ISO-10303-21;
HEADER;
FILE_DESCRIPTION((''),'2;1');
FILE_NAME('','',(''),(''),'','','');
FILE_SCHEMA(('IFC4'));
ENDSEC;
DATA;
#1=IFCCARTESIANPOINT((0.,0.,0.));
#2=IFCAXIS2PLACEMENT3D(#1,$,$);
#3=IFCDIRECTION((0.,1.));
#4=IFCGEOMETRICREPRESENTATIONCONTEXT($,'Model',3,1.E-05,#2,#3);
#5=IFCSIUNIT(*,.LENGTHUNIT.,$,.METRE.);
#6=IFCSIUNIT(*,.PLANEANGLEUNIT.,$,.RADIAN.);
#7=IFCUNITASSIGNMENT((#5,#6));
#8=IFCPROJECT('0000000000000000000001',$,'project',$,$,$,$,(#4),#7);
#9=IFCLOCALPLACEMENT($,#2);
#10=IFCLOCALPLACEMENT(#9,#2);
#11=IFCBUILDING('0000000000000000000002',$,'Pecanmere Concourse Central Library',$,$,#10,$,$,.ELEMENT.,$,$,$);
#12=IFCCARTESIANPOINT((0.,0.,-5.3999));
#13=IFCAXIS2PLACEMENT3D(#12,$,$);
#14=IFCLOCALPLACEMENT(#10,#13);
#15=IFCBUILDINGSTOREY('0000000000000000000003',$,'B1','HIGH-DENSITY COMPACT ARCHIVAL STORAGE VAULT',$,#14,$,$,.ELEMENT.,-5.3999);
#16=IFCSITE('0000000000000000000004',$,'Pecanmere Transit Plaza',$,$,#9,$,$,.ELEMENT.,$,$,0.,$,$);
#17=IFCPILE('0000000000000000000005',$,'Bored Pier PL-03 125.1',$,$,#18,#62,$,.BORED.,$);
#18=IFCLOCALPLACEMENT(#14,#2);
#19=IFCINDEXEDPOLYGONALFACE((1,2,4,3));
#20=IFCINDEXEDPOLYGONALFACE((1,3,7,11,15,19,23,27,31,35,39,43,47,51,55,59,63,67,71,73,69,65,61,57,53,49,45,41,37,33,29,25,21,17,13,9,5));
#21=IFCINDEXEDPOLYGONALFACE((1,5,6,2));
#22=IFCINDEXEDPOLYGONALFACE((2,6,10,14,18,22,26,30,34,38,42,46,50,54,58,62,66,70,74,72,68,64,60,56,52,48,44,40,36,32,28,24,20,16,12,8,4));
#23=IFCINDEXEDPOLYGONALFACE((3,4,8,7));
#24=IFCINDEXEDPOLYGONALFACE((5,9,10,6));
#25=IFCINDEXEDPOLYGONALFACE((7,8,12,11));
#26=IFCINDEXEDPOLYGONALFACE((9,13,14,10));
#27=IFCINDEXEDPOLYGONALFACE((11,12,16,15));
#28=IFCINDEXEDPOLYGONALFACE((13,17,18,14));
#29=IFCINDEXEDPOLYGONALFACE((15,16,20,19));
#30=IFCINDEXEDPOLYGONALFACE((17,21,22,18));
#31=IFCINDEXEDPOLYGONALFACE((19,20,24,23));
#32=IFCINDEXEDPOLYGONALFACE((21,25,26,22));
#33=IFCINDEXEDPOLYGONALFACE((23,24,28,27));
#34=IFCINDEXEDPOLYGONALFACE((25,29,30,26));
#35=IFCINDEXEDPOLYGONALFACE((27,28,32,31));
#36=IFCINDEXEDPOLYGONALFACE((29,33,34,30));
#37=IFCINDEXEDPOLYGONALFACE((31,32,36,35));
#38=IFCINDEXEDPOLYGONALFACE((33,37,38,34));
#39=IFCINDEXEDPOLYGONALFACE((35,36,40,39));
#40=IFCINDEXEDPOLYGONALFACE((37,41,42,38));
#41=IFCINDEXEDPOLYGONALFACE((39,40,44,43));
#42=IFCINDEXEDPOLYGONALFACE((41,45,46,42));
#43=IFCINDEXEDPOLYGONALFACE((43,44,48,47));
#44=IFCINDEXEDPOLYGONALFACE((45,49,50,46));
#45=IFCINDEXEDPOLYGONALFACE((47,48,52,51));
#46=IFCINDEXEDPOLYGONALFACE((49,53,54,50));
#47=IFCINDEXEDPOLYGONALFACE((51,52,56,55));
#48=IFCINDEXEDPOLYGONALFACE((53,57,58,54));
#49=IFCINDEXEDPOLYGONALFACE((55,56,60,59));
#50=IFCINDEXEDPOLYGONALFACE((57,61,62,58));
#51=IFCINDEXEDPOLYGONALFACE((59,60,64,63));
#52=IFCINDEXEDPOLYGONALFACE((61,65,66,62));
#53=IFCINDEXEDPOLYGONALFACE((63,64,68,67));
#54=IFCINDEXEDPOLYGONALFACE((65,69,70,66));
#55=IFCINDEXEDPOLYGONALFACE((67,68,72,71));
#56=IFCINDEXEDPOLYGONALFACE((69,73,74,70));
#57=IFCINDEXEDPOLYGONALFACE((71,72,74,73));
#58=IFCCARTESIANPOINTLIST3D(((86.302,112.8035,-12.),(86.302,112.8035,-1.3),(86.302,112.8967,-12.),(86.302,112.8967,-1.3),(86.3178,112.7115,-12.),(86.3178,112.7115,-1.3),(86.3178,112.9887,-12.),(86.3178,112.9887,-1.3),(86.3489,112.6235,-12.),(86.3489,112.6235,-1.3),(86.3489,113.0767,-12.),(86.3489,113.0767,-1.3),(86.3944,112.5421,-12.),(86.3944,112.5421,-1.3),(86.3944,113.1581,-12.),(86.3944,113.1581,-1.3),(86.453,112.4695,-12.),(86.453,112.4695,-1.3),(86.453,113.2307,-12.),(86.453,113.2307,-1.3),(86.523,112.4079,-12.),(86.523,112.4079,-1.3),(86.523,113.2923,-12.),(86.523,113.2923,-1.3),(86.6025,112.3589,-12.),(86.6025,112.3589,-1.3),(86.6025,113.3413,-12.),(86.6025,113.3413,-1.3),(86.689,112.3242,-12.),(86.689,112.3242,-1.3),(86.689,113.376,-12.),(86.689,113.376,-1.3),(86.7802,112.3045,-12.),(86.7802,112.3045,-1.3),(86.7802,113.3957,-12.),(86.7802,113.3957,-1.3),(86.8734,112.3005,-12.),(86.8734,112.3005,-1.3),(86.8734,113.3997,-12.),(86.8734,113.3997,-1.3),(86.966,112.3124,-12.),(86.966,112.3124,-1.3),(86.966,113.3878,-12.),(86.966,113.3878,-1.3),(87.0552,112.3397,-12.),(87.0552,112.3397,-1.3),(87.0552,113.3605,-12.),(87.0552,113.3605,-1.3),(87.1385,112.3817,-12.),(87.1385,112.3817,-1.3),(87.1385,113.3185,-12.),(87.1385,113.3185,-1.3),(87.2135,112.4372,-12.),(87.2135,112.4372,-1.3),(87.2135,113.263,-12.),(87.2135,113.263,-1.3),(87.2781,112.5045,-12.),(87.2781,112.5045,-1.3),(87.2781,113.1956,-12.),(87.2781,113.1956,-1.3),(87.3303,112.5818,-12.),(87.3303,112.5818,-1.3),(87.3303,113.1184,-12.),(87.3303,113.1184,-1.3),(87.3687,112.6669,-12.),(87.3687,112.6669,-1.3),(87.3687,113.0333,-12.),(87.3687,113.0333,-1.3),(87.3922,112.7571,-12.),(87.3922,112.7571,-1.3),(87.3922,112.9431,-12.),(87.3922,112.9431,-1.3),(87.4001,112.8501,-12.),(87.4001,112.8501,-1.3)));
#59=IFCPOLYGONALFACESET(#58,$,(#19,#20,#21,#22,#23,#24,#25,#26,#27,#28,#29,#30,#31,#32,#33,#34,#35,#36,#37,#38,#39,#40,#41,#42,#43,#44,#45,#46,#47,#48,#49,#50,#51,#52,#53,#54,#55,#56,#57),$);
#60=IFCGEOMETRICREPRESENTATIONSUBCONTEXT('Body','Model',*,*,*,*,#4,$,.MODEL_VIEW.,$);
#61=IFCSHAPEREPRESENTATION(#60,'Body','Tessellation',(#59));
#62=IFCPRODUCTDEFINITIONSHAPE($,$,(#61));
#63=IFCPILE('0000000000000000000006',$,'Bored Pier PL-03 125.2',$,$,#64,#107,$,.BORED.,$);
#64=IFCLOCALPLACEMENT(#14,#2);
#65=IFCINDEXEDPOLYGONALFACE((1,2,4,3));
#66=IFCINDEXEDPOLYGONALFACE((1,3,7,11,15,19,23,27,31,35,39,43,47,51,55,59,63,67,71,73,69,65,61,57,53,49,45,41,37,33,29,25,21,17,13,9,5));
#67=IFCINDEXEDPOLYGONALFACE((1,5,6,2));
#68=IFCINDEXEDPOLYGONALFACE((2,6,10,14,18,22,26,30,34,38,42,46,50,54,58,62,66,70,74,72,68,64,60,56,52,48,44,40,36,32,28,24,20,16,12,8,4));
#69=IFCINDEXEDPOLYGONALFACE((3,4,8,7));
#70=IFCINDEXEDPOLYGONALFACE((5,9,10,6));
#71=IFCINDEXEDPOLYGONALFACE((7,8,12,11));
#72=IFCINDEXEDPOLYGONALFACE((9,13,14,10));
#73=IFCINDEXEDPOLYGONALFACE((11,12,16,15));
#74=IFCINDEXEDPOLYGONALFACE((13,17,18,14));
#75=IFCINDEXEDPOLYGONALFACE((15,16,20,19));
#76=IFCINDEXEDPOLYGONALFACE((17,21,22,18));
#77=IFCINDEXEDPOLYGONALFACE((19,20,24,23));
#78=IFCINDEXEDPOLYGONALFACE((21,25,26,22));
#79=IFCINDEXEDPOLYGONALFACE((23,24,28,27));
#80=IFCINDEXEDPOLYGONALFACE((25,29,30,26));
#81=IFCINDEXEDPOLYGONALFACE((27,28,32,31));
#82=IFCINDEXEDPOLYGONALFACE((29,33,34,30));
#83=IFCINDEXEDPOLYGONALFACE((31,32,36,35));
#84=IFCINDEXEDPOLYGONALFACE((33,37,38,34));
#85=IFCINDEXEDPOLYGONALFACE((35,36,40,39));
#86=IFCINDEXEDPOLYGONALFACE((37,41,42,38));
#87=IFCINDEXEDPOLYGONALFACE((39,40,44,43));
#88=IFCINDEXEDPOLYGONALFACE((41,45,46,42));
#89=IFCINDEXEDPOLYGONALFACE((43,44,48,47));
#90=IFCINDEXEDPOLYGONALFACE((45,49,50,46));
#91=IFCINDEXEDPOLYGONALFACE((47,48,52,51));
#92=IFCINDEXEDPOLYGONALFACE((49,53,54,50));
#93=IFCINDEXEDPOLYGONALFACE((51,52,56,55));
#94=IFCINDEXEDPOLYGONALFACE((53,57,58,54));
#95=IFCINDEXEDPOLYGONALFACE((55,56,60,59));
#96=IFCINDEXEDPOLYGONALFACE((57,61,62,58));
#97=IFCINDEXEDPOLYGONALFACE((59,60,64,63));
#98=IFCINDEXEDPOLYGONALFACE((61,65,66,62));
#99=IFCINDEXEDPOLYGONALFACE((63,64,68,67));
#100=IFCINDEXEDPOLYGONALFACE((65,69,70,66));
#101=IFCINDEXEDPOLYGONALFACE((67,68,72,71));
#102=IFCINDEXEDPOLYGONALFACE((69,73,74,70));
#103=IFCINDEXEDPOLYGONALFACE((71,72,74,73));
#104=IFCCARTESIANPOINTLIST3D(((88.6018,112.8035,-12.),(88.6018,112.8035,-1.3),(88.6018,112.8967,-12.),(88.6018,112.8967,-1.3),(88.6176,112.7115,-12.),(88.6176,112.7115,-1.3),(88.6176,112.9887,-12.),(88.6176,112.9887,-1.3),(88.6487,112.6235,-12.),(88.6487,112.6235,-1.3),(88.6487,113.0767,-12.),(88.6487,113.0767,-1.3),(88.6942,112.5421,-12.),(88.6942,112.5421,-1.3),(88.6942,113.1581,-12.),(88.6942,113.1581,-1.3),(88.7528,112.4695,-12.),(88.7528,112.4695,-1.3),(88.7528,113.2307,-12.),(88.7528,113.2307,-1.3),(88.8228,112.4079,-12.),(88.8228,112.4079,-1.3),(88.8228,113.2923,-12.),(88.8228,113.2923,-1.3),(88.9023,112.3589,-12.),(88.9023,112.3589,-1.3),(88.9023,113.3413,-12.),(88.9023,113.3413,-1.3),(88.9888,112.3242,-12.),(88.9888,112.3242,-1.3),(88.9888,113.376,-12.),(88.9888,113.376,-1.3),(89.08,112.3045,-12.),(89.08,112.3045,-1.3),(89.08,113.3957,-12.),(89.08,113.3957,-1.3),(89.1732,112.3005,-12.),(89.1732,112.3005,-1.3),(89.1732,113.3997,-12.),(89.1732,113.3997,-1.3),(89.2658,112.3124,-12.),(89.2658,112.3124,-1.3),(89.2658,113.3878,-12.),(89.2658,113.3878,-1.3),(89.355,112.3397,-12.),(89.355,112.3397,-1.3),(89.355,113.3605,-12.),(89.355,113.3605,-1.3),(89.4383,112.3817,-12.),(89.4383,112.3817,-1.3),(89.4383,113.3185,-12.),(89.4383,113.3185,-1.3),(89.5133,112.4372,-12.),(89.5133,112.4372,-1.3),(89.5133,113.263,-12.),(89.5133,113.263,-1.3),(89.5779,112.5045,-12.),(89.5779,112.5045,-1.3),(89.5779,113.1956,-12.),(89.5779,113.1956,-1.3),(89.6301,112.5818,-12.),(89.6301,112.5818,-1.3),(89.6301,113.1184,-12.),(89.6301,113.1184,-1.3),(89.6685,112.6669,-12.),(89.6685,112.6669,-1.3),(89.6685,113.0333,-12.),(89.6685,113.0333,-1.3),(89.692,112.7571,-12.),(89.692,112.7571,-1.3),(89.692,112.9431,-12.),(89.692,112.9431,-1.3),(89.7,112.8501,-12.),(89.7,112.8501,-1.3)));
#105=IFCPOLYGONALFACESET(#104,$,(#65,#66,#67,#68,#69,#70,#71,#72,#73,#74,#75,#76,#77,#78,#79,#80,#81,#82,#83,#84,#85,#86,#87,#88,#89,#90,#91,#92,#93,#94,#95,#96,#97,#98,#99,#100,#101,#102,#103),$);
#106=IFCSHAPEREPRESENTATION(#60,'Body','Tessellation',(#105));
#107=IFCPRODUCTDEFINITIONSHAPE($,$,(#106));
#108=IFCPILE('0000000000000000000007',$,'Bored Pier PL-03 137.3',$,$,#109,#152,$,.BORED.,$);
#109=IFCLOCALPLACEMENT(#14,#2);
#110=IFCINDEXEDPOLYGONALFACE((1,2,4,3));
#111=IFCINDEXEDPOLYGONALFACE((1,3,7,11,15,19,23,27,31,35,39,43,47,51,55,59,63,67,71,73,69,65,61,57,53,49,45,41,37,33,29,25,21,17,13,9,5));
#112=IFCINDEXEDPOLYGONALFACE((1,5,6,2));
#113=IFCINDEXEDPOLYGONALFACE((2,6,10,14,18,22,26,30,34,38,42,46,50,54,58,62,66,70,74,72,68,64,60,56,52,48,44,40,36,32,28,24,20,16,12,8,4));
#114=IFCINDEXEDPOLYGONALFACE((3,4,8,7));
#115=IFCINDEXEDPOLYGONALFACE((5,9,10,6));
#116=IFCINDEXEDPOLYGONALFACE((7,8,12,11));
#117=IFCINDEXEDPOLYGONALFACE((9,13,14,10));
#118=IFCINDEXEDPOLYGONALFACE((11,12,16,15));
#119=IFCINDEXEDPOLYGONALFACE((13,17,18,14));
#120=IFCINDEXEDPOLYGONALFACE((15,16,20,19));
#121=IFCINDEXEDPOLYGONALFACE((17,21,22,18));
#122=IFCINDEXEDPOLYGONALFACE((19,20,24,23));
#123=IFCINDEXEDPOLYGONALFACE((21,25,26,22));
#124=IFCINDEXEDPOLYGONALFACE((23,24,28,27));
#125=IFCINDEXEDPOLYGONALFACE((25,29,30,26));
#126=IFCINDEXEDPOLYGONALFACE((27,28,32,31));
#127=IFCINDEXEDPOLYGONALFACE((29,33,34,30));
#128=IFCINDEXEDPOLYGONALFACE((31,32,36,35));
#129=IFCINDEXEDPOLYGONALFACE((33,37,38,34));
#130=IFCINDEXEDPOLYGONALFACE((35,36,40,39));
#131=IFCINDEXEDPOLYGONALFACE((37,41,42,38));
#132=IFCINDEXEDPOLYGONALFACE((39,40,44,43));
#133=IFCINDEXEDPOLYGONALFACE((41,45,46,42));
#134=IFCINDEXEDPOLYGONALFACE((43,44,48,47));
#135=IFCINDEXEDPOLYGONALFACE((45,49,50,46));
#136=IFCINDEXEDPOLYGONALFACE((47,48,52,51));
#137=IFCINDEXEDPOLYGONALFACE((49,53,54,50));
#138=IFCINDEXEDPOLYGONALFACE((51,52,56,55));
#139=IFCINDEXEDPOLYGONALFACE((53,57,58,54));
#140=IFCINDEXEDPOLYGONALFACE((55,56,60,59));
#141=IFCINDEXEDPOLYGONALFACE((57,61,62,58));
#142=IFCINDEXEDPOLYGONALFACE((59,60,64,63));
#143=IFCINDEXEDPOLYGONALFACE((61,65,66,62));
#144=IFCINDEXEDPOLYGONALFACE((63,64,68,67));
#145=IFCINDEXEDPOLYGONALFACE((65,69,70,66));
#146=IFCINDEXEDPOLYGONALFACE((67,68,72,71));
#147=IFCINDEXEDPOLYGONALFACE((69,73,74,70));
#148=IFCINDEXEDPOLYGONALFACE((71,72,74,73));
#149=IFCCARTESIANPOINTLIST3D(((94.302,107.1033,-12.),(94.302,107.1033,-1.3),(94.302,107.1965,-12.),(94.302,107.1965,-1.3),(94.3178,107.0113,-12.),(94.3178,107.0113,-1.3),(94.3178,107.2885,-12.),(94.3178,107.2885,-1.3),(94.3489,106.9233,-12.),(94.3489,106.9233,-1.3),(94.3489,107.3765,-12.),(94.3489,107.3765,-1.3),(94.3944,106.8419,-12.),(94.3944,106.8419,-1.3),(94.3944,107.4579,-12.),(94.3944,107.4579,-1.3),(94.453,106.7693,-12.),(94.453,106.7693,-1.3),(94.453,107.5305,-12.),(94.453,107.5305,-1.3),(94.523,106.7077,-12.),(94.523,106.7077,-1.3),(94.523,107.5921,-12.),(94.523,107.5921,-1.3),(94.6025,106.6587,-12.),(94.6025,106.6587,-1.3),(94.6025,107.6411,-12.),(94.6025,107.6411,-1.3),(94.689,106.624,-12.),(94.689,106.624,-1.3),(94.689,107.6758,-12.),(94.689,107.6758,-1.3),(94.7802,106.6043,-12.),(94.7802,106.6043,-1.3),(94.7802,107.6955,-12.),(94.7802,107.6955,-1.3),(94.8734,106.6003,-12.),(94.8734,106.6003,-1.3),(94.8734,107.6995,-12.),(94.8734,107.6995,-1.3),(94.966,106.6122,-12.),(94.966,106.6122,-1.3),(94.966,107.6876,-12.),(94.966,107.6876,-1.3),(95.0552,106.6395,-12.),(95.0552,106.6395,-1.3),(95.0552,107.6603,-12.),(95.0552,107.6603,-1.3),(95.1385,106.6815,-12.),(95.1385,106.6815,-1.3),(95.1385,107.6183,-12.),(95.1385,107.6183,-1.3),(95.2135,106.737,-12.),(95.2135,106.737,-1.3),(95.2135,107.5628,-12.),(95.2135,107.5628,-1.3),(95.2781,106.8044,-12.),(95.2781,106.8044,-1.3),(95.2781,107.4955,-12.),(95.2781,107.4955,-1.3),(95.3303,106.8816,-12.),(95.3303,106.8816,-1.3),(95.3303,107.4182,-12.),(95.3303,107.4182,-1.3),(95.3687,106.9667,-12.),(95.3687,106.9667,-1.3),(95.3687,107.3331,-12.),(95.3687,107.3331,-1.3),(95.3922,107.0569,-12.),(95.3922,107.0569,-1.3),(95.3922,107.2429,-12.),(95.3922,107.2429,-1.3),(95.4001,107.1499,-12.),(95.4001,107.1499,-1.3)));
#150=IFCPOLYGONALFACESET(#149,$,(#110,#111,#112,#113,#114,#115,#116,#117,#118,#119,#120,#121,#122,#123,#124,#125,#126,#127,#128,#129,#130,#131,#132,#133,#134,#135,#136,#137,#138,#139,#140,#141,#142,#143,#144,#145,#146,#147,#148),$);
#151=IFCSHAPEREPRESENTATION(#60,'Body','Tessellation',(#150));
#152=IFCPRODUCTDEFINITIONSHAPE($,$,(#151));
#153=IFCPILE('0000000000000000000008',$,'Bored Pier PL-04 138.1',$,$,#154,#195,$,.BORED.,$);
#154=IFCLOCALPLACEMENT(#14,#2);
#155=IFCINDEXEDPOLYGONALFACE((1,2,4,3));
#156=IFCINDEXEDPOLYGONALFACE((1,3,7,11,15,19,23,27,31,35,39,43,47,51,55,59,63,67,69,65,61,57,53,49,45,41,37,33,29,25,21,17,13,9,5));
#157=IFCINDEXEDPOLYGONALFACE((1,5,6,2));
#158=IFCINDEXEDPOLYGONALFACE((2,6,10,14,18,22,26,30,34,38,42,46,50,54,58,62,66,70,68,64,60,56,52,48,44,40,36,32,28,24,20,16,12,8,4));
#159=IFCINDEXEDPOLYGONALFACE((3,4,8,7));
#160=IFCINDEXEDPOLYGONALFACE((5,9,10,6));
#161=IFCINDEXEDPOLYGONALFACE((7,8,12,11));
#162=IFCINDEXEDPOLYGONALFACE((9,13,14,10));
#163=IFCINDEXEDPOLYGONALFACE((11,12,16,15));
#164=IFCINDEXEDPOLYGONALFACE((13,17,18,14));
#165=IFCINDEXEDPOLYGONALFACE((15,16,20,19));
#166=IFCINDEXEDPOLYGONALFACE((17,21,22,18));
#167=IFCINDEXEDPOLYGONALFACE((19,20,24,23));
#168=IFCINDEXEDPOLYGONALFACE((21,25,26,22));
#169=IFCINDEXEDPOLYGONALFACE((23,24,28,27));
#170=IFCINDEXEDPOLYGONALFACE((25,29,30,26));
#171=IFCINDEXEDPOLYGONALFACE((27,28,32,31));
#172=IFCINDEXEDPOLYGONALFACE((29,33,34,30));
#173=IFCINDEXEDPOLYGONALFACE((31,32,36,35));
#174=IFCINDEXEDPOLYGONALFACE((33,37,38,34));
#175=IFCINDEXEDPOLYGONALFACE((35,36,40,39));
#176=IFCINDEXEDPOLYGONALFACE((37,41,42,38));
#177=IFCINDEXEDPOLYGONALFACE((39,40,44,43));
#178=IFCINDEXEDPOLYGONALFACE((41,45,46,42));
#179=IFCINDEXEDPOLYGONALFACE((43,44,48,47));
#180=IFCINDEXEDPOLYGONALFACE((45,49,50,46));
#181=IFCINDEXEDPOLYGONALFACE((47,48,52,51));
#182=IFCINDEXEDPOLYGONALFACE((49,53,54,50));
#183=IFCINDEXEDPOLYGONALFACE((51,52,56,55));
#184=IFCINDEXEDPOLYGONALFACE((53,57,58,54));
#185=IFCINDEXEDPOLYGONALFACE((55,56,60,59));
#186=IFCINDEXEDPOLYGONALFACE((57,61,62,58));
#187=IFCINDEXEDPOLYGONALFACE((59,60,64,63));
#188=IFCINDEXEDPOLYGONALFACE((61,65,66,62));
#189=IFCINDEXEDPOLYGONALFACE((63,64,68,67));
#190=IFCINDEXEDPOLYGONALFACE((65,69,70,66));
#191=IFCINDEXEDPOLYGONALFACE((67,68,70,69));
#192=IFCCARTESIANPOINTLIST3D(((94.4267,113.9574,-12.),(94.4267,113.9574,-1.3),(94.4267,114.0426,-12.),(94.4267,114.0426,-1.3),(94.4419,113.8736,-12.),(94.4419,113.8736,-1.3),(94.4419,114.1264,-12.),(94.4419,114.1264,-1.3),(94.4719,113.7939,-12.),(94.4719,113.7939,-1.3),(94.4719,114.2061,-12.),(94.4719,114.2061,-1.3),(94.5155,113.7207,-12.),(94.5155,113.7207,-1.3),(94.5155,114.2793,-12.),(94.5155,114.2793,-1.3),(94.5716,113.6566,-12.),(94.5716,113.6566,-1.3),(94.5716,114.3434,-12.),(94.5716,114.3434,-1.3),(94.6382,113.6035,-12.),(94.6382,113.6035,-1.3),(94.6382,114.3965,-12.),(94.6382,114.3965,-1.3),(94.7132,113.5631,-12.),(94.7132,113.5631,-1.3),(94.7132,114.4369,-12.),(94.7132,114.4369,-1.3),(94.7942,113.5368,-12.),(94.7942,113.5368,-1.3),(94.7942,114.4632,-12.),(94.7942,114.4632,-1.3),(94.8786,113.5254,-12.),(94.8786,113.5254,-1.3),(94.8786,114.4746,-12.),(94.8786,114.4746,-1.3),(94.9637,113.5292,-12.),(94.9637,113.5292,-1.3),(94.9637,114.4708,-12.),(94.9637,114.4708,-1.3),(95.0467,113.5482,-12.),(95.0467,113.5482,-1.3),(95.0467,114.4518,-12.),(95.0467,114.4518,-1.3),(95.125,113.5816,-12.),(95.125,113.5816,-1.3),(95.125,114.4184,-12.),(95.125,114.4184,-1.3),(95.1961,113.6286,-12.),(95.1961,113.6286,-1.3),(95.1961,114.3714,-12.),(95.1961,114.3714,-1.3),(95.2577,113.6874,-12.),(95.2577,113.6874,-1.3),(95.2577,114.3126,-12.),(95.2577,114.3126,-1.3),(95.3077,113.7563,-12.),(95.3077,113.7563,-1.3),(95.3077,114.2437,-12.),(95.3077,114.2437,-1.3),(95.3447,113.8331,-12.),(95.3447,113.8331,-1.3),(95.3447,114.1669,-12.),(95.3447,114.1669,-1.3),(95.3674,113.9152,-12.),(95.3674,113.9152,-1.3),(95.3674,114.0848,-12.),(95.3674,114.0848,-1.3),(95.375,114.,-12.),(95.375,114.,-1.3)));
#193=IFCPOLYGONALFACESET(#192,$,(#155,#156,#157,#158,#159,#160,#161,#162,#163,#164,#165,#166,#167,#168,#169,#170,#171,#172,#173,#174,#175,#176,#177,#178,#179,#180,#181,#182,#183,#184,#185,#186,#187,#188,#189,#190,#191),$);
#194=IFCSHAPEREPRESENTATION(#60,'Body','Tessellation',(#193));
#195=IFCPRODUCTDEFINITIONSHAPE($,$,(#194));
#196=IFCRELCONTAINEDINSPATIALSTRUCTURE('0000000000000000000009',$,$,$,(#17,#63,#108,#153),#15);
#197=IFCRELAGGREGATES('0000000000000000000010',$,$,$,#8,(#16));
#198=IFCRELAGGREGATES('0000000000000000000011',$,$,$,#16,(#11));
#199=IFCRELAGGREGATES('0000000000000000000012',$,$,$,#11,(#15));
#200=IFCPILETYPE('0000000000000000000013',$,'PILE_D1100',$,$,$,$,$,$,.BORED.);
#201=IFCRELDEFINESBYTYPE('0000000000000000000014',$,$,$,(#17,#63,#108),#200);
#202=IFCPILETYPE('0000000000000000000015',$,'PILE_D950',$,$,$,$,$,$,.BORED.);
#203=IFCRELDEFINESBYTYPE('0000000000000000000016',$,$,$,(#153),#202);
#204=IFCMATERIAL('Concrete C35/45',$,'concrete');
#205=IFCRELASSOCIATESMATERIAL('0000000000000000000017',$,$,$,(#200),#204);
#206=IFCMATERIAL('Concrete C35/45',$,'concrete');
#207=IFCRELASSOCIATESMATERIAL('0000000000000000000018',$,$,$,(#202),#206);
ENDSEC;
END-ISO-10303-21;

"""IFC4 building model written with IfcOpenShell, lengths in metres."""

from ifc_helpers import new_model, si_unit, direction, frame, origin, origin_2d, place, context, subcontext, project, spatial, circle, extrude, material, material_profile, profile_set, type_object, element, save


model = new_model("IFC4")

# Units and contexts
model_context = context("Model", 3, precision=1e-05, world=origin(), true_north=direction((0.0, 1.0)))
body_context = subcontext(model_context, "Body", "Model", "MODEL_VIEW")
ifc_project = project(units=[si_unit("LENGTHUNIT", "METRE"), si_unit("PLANEANGLEUNIT", "RADIAN")], contexts=[model_context])

# Site, building, storey
site_placement = place(None, origin())
site = spatial("IfcSite", under=ifc_project, at=site_placement, Name="Pecanmere Transit Plaza", CompositionType="ELEMENT", RefElevation=0.0)
building_placement = place(site_placement, origin())
building = spatial("IfcBuilding", under=site, at=building_placement, Name="Pecanmere Concourse Central Library", CompositionType="ELEMENT")
storey_placement = place(building_placement, frame((0.0, 0.0, -5.3999)))
storey = spatial("IfcBuildingStorey", under=building, at=storey_placement, Name="B1", Description="HIGH-DENSITY COMPACT ARCHIVAL STORAGE VAULT", CompositionType="ELEMENT", Elevation=-5.3999)

# Piles
ifc_material_1 = material(Name="Concrete C35/45", Category="concrete")
ifc_material_profile_1 = material_profile(ifc_material_1, circle(Radius=0.55, at=origin_2d()), Name="PIER D1100")
ifc_profile_set_1 = profile_set([ifc_material_profile_1], Name="Concrete C35/45")
pile_type_1 = type_object("IfcPileType", Name="PILE_D1100", PredefinedType="BORED", material=ifc_profile_set_1)
for number, where, z_axis, x_axis, name in (
    (1, (86.8501, 112.8501, -1.3), (0.0, 0.0, -1.0), (1.0, 0.0, 0.0), "Bored Pier PL-03 125.1"),
    (2, (89.1499, 112.8501, -1.3), (0.0, 0.0, -1.0), (1.0, 0.0, 0.0), "Bored Pier PL-03 125.2"),
    (3, (94.8501, 107.1499, -1.3), (0.0, 0.0, -1.0), (1.0, 0.0, 0.0), "Bored Pier PL-03 137.3"),
):
    element("IfcPile", number, at=place(storey_placement, frame(where, z_axis=z_axis, x_axis=x_axis)), inside=storey, type_object=pile_type_1, Name=name, PredefinedType="BORED", context=body_context, shape_type="SweptSolid", body=[
        extrude(circle(Radius=0.55, at=origin_2d()), origin(), (0.0, 0.0, 1.0), 10.7),
    ])
ifc_material_2 = material(Name="Concrete C35/45", Category="concrete")
ifc_material_profile_2 = material_profile(ifc_material_2, circle(Radius=0.4751, at=origin_2d()), Name="PIER D950")
ifc_profile_set_2 = profile_set([ifc_material_profile_2], Name="Concrete C35/45")
pile_type_2 = type_object("IfcPileType", Name="PILE_D950", PredefinedType="BORED", material=ifc_profile_set_2)
pile_placement = place(storey_placement, frame((94.8999, 114.0, -1.3), z_axis=(0.0, 0.0, -1.0), x_axis=(1.0, 0.0, 0.0)))
element("IfcPile", 4, at=pile_placement, inside=storey, type_object=pile_type_2, Name="Bored Pier PL-04 138.1", PredefinedType="BORED", context=body_context, shape_type="SweptSolid", body=[
    extrude(circle(Radius=0.4751, at=origin_2d()), origin(), (0.0, 0.0, 1.0), 10.7),
])

save(model, "model.ifc")
